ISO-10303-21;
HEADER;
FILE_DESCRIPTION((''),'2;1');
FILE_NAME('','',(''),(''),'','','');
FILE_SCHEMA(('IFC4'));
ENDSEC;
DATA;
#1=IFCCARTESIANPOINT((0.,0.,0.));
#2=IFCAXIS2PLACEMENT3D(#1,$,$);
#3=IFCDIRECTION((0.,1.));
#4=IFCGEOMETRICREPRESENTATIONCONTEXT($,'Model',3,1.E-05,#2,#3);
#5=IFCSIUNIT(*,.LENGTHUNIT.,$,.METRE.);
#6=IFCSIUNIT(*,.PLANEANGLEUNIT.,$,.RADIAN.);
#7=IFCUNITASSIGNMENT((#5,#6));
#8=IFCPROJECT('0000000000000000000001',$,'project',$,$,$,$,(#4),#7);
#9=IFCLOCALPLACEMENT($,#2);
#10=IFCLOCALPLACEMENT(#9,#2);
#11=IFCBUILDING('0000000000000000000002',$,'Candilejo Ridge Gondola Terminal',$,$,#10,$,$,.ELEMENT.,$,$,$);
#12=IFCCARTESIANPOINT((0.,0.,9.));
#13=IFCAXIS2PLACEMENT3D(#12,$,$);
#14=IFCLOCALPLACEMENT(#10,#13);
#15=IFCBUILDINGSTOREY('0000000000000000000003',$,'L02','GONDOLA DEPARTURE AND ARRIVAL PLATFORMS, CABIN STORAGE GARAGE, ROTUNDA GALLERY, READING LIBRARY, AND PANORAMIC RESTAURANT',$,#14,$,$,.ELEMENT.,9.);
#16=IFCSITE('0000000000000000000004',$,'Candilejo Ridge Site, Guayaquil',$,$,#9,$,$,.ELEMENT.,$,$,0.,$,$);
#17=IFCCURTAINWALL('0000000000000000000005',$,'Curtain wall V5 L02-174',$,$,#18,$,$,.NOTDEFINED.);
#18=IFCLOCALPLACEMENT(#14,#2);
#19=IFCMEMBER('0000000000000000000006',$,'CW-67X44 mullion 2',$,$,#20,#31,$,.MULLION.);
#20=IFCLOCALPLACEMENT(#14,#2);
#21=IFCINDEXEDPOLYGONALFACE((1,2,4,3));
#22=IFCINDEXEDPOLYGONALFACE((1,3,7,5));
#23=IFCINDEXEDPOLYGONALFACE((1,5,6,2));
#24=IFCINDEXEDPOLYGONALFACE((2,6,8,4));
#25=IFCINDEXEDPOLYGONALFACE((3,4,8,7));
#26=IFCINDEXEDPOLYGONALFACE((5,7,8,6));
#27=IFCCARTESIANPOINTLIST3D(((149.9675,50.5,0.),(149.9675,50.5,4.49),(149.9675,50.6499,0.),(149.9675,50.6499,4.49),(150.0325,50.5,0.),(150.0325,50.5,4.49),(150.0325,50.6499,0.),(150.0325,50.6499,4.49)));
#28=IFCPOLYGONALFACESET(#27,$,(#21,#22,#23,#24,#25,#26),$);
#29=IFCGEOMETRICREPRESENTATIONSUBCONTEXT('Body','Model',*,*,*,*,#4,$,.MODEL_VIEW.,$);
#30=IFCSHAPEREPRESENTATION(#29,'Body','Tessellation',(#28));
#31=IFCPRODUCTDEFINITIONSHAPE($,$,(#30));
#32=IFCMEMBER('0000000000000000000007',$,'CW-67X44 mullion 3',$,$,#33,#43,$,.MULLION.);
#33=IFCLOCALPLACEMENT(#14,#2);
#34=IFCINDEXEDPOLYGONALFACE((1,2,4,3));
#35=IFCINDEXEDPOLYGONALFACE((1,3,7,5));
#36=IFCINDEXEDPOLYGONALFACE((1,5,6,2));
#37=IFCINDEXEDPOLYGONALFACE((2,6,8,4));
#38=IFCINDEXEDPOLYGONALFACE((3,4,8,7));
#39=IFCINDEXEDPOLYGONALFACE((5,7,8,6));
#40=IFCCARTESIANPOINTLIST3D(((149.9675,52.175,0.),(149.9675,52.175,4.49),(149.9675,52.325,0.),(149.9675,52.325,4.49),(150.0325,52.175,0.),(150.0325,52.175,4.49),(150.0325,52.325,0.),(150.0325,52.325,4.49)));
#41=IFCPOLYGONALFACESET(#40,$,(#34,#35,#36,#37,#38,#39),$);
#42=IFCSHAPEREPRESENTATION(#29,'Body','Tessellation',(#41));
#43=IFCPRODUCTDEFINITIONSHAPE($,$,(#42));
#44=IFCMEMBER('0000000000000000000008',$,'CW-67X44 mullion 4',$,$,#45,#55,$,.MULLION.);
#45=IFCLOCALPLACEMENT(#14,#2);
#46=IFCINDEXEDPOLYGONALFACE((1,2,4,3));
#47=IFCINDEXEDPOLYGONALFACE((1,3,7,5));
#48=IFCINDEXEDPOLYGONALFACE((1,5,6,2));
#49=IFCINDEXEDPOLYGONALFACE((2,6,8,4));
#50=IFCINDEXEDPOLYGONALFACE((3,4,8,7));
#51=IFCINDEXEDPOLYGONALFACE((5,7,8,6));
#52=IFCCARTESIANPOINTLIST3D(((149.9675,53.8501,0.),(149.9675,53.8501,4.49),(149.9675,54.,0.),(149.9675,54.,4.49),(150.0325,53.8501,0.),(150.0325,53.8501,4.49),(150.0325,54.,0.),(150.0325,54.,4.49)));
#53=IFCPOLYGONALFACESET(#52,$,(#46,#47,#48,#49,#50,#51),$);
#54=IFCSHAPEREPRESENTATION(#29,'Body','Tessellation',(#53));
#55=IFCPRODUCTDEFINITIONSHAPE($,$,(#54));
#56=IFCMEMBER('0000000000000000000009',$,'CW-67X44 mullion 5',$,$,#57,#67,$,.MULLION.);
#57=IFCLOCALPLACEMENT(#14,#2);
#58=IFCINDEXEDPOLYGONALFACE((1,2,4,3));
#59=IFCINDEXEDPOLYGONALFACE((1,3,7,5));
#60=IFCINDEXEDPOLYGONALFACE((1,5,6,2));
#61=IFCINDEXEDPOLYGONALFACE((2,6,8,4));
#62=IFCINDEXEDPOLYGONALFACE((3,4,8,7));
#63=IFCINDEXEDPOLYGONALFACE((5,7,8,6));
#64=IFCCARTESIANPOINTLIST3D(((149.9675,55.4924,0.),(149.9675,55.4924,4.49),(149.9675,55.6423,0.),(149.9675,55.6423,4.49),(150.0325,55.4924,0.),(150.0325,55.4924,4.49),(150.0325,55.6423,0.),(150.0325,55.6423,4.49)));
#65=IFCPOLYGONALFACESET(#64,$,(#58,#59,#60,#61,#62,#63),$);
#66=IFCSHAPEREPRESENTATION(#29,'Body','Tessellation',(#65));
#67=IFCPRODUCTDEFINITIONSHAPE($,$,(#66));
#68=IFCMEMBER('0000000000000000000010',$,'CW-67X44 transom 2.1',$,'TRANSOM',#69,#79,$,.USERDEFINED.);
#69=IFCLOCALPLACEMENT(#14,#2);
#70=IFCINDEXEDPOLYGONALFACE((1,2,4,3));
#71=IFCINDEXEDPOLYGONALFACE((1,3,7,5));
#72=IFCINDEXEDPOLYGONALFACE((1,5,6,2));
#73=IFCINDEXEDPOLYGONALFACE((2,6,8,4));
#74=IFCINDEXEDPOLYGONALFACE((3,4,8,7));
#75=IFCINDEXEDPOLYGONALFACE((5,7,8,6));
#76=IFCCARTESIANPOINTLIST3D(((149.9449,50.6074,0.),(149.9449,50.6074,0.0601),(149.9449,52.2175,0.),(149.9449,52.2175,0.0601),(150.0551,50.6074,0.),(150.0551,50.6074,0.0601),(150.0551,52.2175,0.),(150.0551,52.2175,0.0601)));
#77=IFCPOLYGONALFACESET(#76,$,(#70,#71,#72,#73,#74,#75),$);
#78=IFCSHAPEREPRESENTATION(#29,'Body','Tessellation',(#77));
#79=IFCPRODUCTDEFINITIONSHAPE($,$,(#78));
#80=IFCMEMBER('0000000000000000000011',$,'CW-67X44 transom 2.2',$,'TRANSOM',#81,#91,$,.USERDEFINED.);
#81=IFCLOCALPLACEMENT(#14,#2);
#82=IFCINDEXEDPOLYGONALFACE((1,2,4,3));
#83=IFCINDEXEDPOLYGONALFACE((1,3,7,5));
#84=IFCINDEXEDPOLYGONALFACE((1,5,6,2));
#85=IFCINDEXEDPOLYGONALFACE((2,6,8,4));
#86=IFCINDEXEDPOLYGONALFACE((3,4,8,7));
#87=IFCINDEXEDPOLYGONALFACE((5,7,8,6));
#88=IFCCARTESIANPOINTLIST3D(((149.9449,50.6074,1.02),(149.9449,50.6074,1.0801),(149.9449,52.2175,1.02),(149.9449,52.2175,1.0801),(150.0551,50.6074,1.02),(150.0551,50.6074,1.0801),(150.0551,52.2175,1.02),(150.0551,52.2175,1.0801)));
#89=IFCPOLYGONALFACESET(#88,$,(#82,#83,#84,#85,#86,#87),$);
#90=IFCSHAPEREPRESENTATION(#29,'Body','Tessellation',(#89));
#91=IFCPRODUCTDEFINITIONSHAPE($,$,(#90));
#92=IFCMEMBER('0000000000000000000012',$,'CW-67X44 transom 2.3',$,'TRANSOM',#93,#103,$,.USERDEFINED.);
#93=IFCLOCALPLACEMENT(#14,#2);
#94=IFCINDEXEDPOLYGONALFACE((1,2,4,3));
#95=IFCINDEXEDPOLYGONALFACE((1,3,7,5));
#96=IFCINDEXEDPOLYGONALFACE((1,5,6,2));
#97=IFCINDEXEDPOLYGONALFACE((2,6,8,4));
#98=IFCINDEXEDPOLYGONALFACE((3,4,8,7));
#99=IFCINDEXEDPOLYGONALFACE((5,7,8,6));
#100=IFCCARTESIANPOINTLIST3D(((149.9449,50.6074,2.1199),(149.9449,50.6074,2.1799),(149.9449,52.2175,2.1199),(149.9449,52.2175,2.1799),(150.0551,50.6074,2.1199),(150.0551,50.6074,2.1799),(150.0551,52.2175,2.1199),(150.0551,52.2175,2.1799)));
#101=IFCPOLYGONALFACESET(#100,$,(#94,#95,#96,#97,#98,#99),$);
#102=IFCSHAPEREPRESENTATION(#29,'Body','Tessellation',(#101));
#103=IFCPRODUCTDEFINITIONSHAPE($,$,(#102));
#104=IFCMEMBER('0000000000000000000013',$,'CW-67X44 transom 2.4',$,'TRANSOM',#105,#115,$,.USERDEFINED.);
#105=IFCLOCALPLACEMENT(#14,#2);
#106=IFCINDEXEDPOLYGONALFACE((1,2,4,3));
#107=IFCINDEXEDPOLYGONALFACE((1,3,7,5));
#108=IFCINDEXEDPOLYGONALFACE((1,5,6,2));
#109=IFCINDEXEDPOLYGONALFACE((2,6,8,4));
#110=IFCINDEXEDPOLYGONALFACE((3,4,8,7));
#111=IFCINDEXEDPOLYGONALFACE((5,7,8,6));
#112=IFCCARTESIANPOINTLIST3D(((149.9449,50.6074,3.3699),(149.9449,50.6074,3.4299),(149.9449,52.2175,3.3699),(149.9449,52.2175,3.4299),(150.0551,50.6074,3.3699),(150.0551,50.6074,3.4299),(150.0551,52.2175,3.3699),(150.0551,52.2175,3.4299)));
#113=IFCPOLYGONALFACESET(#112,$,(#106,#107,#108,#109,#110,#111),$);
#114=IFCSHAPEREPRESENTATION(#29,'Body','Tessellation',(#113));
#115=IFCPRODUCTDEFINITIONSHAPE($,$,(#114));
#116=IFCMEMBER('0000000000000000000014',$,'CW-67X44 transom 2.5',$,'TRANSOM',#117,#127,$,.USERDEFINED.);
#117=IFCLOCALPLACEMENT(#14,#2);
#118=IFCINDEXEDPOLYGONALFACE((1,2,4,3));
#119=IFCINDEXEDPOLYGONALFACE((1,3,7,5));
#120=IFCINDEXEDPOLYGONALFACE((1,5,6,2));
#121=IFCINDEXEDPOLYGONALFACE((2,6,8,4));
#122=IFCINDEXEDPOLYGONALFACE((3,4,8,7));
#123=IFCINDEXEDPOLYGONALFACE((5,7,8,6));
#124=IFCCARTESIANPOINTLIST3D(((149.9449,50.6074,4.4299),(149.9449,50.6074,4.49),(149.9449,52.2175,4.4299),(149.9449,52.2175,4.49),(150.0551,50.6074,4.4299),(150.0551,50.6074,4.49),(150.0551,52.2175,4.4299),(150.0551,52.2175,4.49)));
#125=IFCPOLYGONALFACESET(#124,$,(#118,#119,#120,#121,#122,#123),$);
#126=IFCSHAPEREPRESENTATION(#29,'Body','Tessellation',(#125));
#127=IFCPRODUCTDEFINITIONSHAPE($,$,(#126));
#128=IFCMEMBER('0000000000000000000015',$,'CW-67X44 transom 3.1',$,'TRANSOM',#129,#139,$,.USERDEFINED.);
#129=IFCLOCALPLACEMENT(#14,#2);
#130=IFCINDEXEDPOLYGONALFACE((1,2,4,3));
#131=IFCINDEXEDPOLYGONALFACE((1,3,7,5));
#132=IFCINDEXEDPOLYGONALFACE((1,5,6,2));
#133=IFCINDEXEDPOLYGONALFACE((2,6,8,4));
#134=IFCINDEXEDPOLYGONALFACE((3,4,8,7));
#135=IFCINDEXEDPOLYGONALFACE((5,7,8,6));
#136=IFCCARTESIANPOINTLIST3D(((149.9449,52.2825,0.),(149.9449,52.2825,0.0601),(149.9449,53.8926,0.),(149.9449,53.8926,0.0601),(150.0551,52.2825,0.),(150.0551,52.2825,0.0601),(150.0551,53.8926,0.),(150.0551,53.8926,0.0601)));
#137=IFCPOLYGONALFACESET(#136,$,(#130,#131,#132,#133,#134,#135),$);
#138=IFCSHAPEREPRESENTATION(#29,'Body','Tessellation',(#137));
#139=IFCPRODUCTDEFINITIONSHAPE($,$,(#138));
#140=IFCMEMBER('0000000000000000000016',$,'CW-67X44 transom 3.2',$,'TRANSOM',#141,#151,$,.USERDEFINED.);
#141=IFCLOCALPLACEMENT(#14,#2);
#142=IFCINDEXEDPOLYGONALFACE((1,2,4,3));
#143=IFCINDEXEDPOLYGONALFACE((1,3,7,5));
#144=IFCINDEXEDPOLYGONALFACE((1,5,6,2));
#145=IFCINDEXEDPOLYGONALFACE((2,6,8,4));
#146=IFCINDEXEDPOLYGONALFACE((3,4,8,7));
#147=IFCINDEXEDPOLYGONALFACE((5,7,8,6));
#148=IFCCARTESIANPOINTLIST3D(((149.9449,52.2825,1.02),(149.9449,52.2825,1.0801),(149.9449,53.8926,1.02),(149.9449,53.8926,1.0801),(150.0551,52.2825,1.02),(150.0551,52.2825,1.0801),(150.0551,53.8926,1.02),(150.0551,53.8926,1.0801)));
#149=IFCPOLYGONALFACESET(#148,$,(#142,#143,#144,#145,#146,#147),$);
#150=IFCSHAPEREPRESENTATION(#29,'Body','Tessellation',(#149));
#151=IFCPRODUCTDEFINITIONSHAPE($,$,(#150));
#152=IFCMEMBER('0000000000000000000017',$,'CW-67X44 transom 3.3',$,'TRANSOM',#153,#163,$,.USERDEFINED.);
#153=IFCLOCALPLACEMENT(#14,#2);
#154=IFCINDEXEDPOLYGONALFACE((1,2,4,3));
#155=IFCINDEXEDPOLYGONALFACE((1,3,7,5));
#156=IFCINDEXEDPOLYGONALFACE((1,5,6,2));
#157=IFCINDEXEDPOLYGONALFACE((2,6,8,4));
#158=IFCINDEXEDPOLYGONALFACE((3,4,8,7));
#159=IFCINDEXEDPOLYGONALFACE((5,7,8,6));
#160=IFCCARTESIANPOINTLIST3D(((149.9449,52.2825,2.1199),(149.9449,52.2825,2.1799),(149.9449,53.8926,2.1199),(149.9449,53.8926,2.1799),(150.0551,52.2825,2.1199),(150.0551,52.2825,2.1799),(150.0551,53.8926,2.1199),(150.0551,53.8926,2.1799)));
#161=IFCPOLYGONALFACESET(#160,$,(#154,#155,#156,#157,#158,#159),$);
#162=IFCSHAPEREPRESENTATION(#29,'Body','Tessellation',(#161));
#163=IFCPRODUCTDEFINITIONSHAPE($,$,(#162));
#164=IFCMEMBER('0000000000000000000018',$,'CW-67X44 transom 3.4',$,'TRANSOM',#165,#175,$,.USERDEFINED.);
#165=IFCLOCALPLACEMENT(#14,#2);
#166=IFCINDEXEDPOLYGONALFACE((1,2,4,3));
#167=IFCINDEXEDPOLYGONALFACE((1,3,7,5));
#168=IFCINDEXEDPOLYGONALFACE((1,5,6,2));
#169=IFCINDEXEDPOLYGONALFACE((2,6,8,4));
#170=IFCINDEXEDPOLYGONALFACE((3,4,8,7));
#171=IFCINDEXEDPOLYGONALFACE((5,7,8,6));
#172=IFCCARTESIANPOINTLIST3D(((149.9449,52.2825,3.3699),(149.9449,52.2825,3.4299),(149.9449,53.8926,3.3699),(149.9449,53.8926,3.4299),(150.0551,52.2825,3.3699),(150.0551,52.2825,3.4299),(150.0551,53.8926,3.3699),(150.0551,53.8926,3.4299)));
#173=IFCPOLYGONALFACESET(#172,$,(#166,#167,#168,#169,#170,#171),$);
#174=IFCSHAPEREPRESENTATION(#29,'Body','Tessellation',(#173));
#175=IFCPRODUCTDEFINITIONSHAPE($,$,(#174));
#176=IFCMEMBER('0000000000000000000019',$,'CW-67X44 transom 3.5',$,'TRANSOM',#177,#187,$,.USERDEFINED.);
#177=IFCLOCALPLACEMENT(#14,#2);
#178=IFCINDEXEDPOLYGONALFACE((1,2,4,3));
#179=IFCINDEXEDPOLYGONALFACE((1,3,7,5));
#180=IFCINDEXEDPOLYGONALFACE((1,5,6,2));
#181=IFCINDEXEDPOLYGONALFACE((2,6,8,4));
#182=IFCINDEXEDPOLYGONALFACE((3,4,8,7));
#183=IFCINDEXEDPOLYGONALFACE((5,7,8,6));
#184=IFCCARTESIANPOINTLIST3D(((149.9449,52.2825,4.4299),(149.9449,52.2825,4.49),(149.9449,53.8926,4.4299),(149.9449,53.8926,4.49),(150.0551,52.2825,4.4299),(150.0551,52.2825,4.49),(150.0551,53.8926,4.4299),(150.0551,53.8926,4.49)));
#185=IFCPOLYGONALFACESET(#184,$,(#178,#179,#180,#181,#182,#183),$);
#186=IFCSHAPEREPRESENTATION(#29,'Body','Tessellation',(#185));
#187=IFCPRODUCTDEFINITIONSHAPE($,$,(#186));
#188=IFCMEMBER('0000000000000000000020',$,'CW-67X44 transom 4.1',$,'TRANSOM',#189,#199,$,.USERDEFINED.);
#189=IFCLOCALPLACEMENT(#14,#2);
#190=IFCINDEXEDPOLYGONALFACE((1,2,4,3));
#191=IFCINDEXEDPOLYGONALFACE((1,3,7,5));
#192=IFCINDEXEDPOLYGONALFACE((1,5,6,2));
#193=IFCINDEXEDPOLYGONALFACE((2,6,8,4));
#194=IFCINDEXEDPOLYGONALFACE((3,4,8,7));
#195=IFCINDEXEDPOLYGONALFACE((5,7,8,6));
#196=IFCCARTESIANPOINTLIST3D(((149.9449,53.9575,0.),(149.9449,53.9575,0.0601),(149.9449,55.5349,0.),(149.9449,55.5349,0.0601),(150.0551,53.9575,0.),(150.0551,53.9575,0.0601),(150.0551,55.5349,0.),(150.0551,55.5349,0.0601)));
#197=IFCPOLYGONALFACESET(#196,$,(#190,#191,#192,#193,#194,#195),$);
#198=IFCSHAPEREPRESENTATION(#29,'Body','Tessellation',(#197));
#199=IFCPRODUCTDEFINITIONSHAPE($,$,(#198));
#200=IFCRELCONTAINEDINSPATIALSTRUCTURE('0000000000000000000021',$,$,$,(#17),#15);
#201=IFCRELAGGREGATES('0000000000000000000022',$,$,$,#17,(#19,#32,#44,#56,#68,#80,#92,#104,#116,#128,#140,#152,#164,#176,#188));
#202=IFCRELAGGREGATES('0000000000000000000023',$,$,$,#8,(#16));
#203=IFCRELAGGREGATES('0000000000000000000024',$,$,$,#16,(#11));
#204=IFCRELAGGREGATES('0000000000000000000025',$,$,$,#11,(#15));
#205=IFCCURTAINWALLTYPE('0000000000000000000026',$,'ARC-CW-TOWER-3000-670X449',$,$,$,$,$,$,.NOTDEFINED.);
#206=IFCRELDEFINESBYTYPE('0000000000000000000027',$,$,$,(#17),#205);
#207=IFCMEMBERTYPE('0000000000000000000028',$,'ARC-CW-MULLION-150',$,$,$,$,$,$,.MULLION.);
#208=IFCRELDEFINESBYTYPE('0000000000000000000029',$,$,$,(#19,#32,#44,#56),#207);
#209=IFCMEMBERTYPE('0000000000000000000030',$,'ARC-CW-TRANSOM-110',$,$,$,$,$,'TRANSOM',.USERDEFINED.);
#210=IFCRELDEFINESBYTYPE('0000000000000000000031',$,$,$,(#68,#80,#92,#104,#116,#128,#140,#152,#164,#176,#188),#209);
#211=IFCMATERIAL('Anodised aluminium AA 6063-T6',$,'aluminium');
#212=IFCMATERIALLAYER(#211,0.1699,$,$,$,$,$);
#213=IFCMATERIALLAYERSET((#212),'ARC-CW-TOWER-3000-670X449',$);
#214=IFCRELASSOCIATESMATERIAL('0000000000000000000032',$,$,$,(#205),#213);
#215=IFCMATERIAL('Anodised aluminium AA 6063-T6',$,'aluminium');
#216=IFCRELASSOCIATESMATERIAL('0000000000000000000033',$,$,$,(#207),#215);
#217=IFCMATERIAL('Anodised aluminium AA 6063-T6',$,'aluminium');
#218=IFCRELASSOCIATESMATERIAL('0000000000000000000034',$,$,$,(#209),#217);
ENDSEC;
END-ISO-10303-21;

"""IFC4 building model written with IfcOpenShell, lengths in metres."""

from ifc_helpers import new_model, si_unit, direction, frame, origin, origin_2d, place, context, subcontext, project, spatial, rectangle, extrude, material, layer, layer_set, material_profile, profile_set, type_object, element, aggregate, save


model = new_model("IFC4")

# Units and contexts
model_context = context("Model", 3, precision=1e-05, world=origin(), true_north=direction((0.0, 1.0)))
body_context = subcontext(model_context, "Body", "Model", "MODEL_VIEW")
ifc_project = project(units=[si_unit("LENGTHUNIT", "METRE"), si_unit("PLANEANGLEUNIT", "RADIAN")], contexts=[model_context])

# Site, building, storey
site_placement = place(None, origin())
site = spatial("IfcSite", under=ifc_project, at=site_placement, Name="Candilejo Ridge Site, Guayaquil", CompositionType="ELEMENT", RefElevation=0.0)
building_placement = place(site_placement, origin())
building = spatial("IfcBuilding", under=site, at=building_placement, Name="Candilejo Ridge Gondola Terminal", CompositionType="ELEMENT")
storey_placement = place(building_placement, frame((0.0, 0.0, 9.0)))
storey = spatial("IfcBuildingStorey", under=building, at=storey_placement, Name="L02", Description="GONDOLA DEPARTURE AND ARRIVAL PLATFORMS, CABIN STORAGE GARAGE, ROTUNDA GALLERY, READING LIBRARY, AND PANORAMIC RESTAURANT", CompositionType="ELEMENT", Elevation=9.0)

# Curtain wall, members
ifc_material_1 = material(Name="Anodised aluminium AA 6063-T6", Category="aluminium")
ifc_layer_1 = layer(ifc_material_1, 0.1699)
ifc_layer_set_1 = layer_set([ifc_layer_1], Name="ARC-CW-TOWER-3000-670X449")
curtain_wall_type = type_object("IfcCurtainWallType", Name="ARC-CW-TOWER-3000-670X449", PredefinedType="NOTDEFINED", material=ifc_layer_set_1)
curtain_wall_placement = place(storey_placement, origin())
curtain_wall = element("IfcCurtainWall", 1, at=curtain_wall_placement, inside=storey, type_object=curtain_wall_type, Name="Curtain wall V5 L02-174", PredefinedType="NOTDEFINED")
ifc_material_2 = material(Name="Anodised aluminium AA 6063-T6", Category="aluminium")
ifc_material_profile_1 = material_profile(ifc_material_2, rectangle(XDim=0.0649, YDim=0.1499, at=origin_2d()))
ifc_profile_set_1 = profile_set([ifc_material_profile_1], Name="Anodised aluminium AA 6063-T6")
member_type_1 = type_object("IfcMemberType", Name="ARC-CW-MULLION-150", PredefinedType="MULLION", material=ifc_profile_set_1)
member_1_placement = place(storey_placement, frame((150.0, 50.575, 0.0), z_axis=(0.0, 0.0, 1.0), x_axis=(-1.0, 0.0, 0.0)))
member_1 = element("IfcMember", 2, at=member_1_placement, type_object=member_type_1, Name="CW-67X44 mullion 2", PredefinedType="MULLION", context=body_context, shape_type="SweptSolid", body=[
    extrude(rectangle(XDim=0.0649, YDim=0.1499, at=origin_2d()), origin(), (0.0, 0.0, 1.0), 4.49),
])
member_2_placement = place(storey_placement, frame((150.0, 52.25, 0.0), z_axis=(0.0, 0.0, 1.0), x_axis=(-1.0, 0.0, 0.0)))
member_2 = element("IfcMember", 3, at=member_2_placement, type_object=member_type_1, Name="CW-67X44 mullion 3", PredefinedType="MULLION", context=body_context, shape_type="SweptSolid", body=[
    extrude(rectangle(XDim=0.0649, YDim=0.1499, at=origin_2d()), origin(), (0.0, 0.0, 1.0), 4.49),
])
member_3_placement = place(storey_placement, frame((150.0, 53.925, 0.0), z_axis=(0.0, 0.0, 1.0), x_axis=(-1.0, 0.0, 0.0)))
member_3 = element("IfcMember", 4, at=member_3_placement, type_object=member_type_1, Name="CW-67X44 mullion 4", PredefinedType="MULLION", context=body_context, shape_type="SweptSolid", body=[
    extrude(rectangle(XDim=0.0649, YDim=0.1499, at=origin_2d()), origin(), (0.0, 0.0, 1.0), 4.49),
])
member_4_placement = place(storey_placement, frame((150.0, 55.5674, 0.0), z_axis=(0.0, 0.0, 1.0), x_axis=(-1.0, 0.0, 0.0)))
member_4 = element("IfcMember", 5, at=member_4_placement, type_object=member_type_1, Name="CW-67X44 mullion 5", PredefinedType="MULLION", context=body_context, shape_type="SweptSolid", body=[
    extrude(rectangle(XDim=0.0649, YDim=0.1499, at=origin_2d()), origin(), (0.0, 0.0, 1.0), 4.49),
])
ifc_material_3 = material(Name="Anodised aluminium AA 6063-T6", Category="aluminium")
ifc_material_profile_2 = material_profile(ifc_material_3, rectangle(XDim=0.1101, YDim=0.0601, at=origin_2d()))
ifc_profile_set_2 = profile_set([ifc_material_profile_2], Name="Anodised aluminium AA 6063-T6")
member_type_2 = type_object("IfcMemberType", Name="ARC-CW-TRANSOM-110", ElementType="TRANSOM", PredefinedType="USERDEFINED", material=ifc_profile_set_2)
member_5_placement = place(storey_placement, frame((150.0, 50.6074, 0.03), z_axis=(0.0, 1.0, 0.0), x_axis=(-1.0, 0.0, 0.0)))
member_5 = element("IfcMember", 6, at=member_5_placement, type_object=member_type_2, Name="CW-67X44 transom 2.1", ObjectType="TRANSOM", PredefinedType="USERDEFINED", context=body_context, shape_type="SweptSolid", body=[
    extrude(rectangle(XDim=0.1101, YDim=0.0601, at=origin_2d()), origin(), (0.0, 0.0, 1.0), 1.6101),
])
member_6_placement = place(storey_placement, frame((150.0, 50.6074, 1.05), z_axis=(0.0, 1.0, 0.0), x_axis=(-1.0, 0.0, 0.0)))
member_6 = element("IfcMember", 7, at=member_6_placement, type_object=member_type_2, Name="CW-67X44 transom 2.2", ObjectType="TRANSOM", PredefinedType="USERDEFINED", context=body_context, shape_type="SweptSolid", body=[
    extrude(rectangle(XDim=0.1101, YDim=0.0601, at=origin_2d()), origin(), (0.0, 0.0, 1.0), 1.6101),
])
member_7_placement = place(storey_placement, frame((150.0, 50.6074, 2.1499), z_axis=(0.0, 1.0, 0.0), x_axis=(-1.0, 0.0, 0.0)))
member_7 = element("IfcMember", 8, at=member_7_placement, type_object=member_type_2, Name="CW-67X44 transom 2.3", ObjectType="TRANSOM", PredefinedType="USERDEFINED", context=body_context, shape_type="SweptSolid", body=[
    extrude(rectangle(XDim=0.1101, YDim=0.0601, at=origin_2d()), origin(), (0.0, 0.0, 1.0), 1.6101),
])
member_8_placement = place(storey_placement, frame((150.0, 50.6074, 3.3999), z_axis=(0.0, 1.0, 0.0), x_axis=(-1.0, 0.0, 0.0)))
member_8 = element("IfcMember", 9, at=member_8_placement, type_object=member_type_2, Name="CW-67X44 transom 2.4", ObjectType="TRANSOM", PredefinedType="USERDEFINED", context=body_context, shape_type="SweptSolid", body=[
    extrude(rectangle(XDim=0.1101, YDim=0.0601, at=origin_2d()), origin(), (0.0, 0.0, 1.0), 1.6101),
])
member_9_placement = place(storey_placement, frame((150.0, 50.6074, 4.46), z_axis=(0.0, 1.0, 0.0), x_axis=(-1.0, 0.0, 0.0)))
member_9 = element("IfcMember", 10, at=member_9_placement, type_object=member_type_2, Name="CW-67X44 transom 2.5", ObjectType="TRANSOM", PredefinedType="USERDEFINED", context=body_context, shape_type="SweptSolid", body=[
    extrude(rectangle(XDim=0.1101, YDim=0.0601, at=origin_2d()), origin(), (0.0, 0.0, 1.0), 1.6101),
])
member_10_placement = place(storey_placement, frame((150.0, 52.2825, 0.03), z_axis=(0.0, 1.0, 0.0), x_axis=(-1.0, 0.0, 0.0)))
member_10 = element("IfcMember", 11, at=member_10_placement, type_object=member_type_2, Name="CW-67X44 transom 3.1", ObjectType="TRANSOM", PredefinedType="USERDEFINED", context=body_context, shape_type="SweptSolid", body=[
    extrude(rectangle(XDim=0.1101, YDim=0.0601, at=origin_2d()), origin(), (0.0, 0.0, 1.0), 1.6101),
])
member_11_placement = place(storey_placement, frame((150.0, 52.2825, 1.05), z_axis=(0.0, 1.0, 0.0), x_axis=(-1.0, 0.0, 0.0)))
member_11 = element("IfcMember", 12, at=member_11_placement, type_object=member_type_2, Name="CW-67X44 transom 3.2", ObjectType="TRANSOM", PredefinedType="USERDEFINED", context=body_context, shape_type="SweptSolid", body=[
    extrude(rectangle(XDim=0.1101, YDim=0.0601, at=origin_2d()), origin(), (0.0, 0.0, 1.0), 1.6101),
])
member_12_placement = place(storey_placement, frame((150.0, 52.2825, 2.1499), z_axis=(0.0, 1.0, 0.0), x_axis=(-1.0, 0.0, 0.0)))
member_12 = element("IfcMember", 13, at=member_12_placement, type_object=member_type_2, Name="CW-67X44 transom 3.3", ObjectType="TRANSOM", PredefinedType="USERDEFINED", context=body_context, shape_type="SweptSolid", body=[
    extrude(rectangle(XDim=0.1101, YDim=0.0601, at=origin_2d()), origin(), (0.0, 0.0, 1.0), 1.6101),
])
member_13_placement = place(storey_placement, frame((150.0, 52.2825, 3.3999), z_axis=(0.0, 1.0, 0.0), x_axis=(-1.0, 0.0, 0.0)))
member_13 = element("IfcMember", 14, at=member_13_placement, type_object=member_type_2, Name="CW-67X44 transom 3.4", ObjectType="TRANSOM", PredefinedType="USERDEFINED", context=body_context, shape_type="SweptSolid", body=[
    extrude(rectangle(XDim=0.1101, YDim=0.0601, at=origin_2d()), origin(), (0.0, 0.0, 1.0), 1.6101),
])
member_14_placement = place(storey_placement, frame((150.0, 52.2825, 4.46), z_axis=(0.0, 1.0, 0.0), x_axis=(-1.0, 0.0, 0.0)))
member_14 = element("IfcMember", 15, at=member_14_placement, type_object=member_type_2, Name="CW-67X44 transom 3.5", ObjectType="TRANSOM", PredefinedType="USERDEFINED", context=body_context, shape_type="SweptSolid", body=[
    extrude(rectangle(XDim=0.1101, YDim=0.0601, at=origin_2d()), origin(), (0.0, 0.0, 1.0), 1.6101),
])
member_15_placement = place(storey_placement, frame((150.0, 53.9575, 0.03), z_axis=(0.0, 1.0, 0.0), x_axis=(-1.0, 0.0, 0.0)))
member_15 = element("IfcMember", 16, at=member_15_placement, type_object=member_type_2, Name="CW-67X44 transom 4.1", ObjectType="TRANSOM", PredefinedType="USERDEFINED", context=body_context, shape_type="SweptSolid", body=[
    extrude(rectangle(XDim=0.1101, YDim=0.0601, at=origin_2d()), origin(), (0.0, 0.0, 1.0), 1.5774),
])

aggregate(curtain_wall, [member_1, member_2, member_3, member_4, member_5, member_6, member_7, member_8, member_9, member_10, member_11, member_12, member_13, member_14, member_15])

save(model, "model.ifc")
